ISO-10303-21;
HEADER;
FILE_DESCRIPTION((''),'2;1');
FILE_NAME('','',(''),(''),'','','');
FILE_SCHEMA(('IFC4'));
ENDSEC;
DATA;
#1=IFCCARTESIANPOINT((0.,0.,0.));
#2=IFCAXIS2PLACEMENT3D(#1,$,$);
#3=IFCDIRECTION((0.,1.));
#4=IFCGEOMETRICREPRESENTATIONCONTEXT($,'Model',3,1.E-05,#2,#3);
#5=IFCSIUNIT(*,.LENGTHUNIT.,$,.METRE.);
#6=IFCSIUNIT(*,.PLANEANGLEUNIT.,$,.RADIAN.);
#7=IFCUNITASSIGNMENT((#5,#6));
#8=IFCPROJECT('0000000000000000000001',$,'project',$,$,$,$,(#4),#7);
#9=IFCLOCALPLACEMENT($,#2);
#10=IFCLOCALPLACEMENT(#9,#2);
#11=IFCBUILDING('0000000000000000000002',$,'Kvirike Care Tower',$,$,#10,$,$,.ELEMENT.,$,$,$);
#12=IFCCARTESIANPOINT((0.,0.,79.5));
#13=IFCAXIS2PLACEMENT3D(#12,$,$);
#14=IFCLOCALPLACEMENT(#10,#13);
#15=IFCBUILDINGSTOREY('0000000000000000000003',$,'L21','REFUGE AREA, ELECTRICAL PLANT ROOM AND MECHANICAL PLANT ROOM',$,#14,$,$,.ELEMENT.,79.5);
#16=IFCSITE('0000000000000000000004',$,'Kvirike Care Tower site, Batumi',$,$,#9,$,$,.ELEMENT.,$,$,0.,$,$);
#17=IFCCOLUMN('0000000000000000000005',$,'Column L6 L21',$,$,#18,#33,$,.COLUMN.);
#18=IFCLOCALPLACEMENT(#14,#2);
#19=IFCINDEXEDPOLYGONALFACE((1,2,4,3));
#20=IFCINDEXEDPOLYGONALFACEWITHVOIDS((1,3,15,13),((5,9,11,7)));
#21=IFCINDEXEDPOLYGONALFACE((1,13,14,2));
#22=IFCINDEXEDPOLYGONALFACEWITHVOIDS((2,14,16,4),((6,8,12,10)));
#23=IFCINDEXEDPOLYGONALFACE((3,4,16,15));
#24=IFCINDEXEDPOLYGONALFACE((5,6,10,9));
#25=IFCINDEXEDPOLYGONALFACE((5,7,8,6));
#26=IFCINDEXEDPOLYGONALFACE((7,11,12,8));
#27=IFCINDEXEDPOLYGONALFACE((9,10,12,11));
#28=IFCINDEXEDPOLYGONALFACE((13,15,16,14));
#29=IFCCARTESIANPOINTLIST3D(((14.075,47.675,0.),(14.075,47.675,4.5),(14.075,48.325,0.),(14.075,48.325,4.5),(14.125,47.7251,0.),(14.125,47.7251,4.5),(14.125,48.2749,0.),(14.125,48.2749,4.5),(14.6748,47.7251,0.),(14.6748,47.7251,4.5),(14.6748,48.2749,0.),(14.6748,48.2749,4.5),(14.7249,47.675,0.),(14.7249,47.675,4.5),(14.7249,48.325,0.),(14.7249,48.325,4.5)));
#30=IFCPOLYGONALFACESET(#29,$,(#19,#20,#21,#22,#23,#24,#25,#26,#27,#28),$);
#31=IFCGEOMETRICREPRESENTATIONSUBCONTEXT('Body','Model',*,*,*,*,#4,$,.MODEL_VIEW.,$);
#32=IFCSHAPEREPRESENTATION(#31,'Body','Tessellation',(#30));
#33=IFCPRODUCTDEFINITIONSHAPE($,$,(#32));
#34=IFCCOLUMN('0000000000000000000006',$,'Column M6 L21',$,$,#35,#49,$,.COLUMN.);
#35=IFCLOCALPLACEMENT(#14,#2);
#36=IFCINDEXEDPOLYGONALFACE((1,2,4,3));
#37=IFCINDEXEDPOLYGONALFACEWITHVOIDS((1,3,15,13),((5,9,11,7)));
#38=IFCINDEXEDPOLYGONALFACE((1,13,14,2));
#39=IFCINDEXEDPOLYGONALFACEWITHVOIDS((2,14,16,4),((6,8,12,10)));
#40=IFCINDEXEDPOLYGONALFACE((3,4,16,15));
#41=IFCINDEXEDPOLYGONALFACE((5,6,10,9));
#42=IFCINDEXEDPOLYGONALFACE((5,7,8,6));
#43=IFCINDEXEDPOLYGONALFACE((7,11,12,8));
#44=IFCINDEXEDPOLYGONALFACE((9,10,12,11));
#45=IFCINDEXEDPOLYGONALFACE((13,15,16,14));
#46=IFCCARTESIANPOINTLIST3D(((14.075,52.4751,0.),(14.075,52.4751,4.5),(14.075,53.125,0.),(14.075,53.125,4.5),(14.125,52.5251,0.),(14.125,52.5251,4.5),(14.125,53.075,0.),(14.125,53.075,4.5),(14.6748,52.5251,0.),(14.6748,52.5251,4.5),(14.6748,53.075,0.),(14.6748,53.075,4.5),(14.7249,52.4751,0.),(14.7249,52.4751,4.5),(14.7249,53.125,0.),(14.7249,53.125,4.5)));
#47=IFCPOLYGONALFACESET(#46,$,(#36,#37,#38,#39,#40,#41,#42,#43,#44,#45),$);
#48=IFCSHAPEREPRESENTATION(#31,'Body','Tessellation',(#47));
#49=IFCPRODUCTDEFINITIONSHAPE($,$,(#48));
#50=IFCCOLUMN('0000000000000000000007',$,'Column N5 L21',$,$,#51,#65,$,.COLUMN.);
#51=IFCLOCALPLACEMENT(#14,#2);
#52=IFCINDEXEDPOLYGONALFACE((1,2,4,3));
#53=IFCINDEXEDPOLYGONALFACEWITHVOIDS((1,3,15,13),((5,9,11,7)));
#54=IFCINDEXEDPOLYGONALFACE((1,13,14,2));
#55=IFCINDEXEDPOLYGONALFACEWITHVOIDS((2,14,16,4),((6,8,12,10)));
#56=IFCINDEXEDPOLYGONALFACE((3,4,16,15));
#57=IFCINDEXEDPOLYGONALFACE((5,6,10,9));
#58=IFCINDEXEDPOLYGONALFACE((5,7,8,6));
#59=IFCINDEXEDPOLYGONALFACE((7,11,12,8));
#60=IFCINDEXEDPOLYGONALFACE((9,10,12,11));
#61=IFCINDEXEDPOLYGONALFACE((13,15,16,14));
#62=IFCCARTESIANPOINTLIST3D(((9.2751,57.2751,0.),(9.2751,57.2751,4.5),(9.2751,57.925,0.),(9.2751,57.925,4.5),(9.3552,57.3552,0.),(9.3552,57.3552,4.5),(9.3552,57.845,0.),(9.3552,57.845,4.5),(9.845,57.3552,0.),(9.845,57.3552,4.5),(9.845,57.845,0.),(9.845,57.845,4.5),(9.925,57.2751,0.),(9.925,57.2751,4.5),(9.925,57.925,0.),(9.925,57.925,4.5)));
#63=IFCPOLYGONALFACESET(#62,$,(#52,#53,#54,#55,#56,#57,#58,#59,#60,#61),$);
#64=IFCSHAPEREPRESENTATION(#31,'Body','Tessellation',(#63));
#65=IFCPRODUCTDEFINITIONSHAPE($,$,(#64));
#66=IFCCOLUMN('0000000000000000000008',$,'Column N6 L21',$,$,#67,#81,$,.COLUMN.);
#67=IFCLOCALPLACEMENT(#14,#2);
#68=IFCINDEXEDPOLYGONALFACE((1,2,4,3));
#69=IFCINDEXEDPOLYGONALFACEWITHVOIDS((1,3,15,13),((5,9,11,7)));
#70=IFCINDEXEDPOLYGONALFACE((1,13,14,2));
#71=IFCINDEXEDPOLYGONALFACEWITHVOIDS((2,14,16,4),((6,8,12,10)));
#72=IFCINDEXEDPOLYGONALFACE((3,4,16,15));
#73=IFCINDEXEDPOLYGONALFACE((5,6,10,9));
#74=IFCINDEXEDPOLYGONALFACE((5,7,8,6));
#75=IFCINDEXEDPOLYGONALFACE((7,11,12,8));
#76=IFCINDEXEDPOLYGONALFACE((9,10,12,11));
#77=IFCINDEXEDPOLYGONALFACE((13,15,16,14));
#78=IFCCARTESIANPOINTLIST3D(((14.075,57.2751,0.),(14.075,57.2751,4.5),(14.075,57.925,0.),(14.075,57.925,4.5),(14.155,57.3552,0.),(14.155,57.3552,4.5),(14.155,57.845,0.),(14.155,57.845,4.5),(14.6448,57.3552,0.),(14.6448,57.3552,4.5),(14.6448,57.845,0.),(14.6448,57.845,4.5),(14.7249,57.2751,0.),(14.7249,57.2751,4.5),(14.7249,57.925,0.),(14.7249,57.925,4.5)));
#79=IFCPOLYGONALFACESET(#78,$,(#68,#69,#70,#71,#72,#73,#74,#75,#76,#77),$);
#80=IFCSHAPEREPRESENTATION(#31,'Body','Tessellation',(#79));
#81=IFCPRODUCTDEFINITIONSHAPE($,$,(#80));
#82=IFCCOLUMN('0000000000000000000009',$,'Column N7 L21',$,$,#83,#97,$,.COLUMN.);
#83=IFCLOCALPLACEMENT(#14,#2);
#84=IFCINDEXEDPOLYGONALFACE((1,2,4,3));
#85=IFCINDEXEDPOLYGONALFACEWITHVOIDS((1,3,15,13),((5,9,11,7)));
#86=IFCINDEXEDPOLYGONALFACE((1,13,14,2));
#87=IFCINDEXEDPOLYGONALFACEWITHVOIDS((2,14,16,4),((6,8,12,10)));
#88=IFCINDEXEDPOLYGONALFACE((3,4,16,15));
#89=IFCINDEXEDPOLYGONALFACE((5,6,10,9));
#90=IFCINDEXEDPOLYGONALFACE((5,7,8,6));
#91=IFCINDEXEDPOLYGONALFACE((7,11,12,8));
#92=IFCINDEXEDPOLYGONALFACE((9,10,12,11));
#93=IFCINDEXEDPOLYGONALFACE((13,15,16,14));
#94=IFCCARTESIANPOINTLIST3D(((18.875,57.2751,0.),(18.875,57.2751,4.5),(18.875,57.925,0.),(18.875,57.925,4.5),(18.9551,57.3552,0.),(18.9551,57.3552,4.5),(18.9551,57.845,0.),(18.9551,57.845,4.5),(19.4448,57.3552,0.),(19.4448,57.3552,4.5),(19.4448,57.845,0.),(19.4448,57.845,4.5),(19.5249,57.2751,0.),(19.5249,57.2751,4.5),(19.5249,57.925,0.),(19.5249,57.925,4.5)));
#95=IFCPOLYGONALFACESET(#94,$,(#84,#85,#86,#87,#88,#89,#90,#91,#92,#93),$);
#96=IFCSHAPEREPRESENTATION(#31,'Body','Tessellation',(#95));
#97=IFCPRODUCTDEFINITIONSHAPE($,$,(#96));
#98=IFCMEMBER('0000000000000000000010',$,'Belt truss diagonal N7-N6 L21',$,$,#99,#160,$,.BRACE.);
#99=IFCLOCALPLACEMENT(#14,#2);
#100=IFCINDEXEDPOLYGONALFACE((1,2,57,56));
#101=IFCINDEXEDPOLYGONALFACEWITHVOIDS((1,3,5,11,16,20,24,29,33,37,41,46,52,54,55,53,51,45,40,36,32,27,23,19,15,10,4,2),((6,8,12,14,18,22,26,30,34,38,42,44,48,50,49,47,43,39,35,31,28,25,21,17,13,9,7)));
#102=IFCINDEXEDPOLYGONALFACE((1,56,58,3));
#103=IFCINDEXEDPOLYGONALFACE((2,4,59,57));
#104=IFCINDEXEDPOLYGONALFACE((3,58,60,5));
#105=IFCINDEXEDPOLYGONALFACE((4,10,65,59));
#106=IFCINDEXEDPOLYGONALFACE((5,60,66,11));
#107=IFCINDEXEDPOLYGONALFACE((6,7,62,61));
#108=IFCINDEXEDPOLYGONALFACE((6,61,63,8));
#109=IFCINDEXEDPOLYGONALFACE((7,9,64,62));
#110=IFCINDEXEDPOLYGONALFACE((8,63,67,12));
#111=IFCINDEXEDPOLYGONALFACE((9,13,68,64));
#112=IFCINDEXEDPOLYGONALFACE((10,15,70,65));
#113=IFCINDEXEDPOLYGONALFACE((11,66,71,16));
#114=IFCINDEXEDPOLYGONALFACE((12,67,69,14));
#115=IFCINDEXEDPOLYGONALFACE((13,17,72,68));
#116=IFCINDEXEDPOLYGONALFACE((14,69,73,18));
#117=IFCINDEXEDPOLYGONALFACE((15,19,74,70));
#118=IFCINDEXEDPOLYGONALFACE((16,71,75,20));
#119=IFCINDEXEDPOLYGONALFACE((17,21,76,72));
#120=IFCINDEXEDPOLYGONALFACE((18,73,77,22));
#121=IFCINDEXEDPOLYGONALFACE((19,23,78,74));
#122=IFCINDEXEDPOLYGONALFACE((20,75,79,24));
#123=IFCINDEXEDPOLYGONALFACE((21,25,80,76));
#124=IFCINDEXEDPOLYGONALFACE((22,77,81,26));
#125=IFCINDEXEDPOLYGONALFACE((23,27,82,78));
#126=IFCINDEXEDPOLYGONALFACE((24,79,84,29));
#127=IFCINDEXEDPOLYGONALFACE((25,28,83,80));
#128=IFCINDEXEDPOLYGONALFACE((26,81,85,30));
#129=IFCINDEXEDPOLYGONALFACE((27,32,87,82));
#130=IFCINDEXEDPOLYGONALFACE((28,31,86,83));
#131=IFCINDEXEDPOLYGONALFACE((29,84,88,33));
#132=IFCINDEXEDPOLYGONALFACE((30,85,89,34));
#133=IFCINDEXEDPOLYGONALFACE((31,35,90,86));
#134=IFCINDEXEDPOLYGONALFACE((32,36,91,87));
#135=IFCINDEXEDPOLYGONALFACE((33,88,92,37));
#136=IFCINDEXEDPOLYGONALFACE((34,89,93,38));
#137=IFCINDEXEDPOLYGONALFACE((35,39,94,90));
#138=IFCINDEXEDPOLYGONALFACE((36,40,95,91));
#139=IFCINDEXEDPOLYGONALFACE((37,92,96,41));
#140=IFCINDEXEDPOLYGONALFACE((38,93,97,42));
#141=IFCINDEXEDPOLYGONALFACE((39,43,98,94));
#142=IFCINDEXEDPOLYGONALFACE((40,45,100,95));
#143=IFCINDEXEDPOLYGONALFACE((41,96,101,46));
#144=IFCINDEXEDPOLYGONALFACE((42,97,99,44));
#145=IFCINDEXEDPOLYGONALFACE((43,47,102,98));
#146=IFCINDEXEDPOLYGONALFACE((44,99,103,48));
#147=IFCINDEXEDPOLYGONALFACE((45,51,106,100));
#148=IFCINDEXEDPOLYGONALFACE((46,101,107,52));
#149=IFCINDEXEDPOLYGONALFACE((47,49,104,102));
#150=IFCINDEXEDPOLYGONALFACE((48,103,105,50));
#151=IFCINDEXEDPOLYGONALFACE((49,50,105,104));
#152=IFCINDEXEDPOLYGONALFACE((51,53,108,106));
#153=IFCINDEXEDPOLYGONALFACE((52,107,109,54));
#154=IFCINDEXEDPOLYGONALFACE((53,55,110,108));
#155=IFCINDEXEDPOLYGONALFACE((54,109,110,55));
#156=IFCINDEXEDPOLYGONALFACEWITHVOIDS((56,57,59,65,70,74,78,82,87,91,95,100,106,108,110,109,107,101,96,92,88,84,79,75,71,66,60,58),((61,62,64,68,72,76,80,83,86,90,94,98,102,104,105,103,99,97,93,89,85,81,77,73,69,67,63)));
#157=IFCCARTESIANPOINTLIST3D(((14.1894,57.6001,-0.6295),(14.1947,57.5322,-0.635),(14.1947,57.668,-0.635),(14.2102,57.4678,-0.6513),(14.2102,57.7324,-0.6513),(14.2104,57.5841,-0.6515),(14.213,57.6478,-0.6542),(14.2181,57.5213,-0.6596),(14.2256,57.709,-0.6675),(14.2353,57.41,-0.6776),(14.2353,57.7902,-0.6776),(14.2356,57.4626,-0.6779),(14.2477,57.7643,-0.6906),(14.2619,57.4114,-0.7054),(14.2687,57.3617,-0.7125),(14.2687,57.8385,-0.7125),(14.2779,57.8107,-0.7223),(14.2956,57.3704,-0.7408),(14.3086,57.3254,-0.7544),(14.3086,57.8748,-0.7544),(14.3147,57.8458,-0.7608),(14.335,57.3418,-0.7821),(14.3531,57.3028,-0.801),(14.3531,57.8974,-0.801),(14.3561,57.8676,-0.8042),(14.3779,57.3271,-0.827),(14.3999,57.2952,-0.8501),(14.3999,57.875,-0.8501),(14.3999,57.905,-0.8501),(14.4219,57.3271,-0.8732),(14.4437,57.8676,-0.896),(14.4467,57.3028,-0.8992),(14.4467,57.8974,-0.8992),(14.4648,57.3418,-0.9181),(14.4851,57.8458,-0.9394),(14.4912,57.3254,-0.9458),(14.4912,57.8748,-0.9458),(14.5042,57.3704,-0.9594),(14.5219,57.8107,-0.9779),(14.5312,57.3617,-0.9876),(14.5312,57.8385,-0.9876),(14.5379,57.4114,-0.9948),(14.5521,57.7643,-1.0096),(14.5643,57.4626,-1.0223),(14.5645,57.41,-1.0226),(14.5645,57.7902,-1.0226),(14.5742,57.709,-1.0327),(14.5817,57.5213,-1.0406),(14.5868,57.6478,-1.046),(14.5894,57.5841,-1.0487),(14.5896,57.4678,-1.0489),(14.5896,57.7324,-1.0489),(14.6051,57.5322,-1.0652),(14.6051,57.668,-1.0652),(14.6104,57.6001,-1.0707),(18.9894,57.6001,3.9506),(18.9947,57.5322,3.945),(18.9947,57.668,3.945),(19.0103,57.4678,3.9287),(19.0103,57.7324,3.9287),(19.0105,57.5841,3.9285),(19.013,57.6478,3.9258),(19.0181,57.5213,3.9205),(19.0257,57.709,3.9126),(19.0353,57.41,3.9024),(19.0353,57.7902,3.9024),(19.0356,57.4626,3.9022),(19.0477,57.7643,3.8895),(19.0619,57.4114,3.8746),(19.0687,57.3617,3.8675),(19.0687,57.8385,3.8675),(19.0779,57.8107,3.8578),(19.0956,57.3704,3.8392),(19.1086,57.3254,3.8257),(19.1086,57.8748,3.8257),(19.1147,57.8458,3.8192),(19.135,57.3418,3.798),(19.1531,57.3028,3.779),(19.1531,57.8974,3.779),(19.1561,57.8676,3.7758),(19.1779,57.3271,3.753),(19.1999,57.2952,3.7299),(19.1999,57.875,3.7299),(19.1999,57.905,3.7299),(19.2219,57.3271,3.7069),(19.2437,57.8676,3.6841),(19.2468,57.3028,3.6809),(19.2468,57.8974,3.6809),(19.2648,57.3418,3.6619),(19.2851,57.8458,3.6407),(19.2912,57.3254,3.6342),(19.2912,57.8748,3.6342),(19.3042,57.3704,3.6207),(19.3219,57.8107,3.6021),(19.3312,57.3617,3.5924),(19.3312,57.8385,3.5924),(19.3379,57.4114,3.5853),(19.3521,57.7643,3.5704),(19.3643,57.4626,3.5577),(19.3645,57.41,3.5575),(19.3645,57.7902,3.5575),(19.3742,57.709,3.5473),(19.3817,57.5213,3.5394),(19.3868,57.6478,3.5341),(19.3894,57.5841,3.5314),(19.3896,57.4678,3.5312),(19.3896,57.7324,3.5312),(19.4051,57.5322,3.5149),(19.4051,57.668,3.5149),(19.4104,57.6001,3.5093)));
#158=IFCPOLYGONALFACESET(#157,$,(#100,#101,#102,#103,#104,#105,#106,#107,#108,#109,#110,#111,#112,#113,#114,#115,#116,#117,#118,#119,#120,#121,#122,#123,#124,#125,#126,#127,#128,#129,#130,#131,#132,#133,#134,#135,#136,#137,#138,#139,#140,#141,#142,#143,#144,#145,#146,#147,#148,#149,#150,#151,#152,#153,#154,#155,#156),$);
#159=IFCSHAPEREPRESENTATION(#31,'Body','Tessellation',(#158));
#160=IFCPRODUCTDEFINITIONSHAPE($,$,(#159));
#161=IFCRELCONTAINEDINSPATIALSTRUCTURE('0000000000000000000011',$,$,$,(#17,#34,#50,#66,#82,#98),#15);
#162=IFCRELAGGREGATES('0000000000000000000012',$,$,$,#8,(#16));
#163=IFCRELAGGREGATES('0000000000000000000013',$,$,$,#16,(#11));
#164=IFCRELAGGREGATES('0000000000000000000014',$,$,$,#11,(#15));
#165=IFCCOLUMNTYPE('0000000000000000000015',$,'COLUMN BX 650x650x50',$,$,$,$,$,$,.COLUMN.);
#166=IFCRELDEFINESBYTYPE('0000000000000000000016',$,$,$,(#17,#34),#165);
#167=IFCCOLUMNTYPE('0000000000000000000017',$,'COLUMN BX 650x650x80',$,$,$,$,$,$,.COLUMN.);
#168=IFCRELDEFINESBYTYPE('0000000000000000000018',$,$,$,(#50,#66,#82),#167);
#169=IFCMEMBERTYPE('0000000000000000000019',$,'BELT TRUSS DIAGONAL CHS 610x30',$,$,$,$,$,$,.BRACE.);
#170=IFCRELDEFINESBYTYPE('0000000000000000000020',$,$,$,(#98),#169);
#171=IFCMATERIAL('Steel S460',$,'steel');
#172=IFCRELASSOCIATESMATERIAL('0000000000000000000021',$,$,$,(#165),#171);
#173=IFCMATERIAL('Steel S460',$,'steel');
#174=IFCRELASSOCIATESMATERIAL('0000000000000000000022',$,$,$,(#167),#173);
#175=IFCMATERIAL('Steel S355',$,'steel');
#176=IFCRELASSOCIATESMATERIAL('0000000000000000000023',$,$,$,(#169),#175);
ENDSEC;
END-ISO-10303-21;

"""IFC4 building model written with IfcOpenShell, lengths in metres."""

from ifc_helpers import new_model, si_unit, direction, frame, origin, origin_2d, place, context, subcontext, project, spatial, hollow_rectangle, hollow_circle, extrude, material, material_profile, profile_set, type_object, element, save


model = new_model("IFC4")

# Units and contexts
model_context = context("Model", 3, precision=1e-05, world=origin(), true_north=direction((0.0, 1.0)))
body_context = subcontext(model_context, "Body", "Model", "MODEL_VIEW")
ifc_project = project(units=[si_unit("LENGTHUNIT", "METRE"), si_unit("PLANEANGLEUNIT", "RADIAN")], contexts=[model_context])

# Site, building, storey
site_placement = place(None, origin())
site = spatial("IfcSite", under=ifc_project, at=site_placement, Name="Kvirike Care Tower site, Batumi", CompositionType="ELEMENT", RefElevation=0.0)
building_placement = place(site_placement, origin())
building = spatial("IfcBuilding", under=site, at=building_placement, Name="Kvirike Care Tower", CompositionType="ELEMENT")
storey_placement = place(building_placement, frame((0.0, 0.0, 79.5)))
storey = spatial("IfcBuildingStorey", under=building, at=storey_placement, Name="L21", Description="REFUGE AREA, ELECTRICAL PLANT ROOM AND MECHANICAL PLANT ROOM", CompositionType="ELEMENT", Elevation=79.5)

# Columns
ifc_material_1 = material(Name="Steel S460", Category="steel")
ifc_material_profile_1 = material_profile(ifc_material_1, hollow_rectangle(XDim=0.6499, YDim=0.6499, WallThickness=0.05, at=origin_2d()), Name="BX 650x650x50")
ifc_profile_set_1 = profile_set([ifc_material_profile_1], Name="Steel S460")
column_type_1 = type_object("IfcColumnType", Name="COLUMN BX 650x650x50", PredefinedType="COLUMN", material=ifc_profile_set_1)
for number, where, z_axis, x_axis, name in (
    (1, (14.3999, 48.0, 0.0), (0.0, 0.0, 1.0), (1.0, 0.0, 0.0), "Column L6 L21"),
    (2, (14.3999, 52.8, 0.0), (0.0, 0.0, 1.0), (1.0, 0.0, 0.0), "Column M6 L21"),
):
    element("IfcColumn", number, at=place(storey_placement, frame(where, z_axis=z_axis, x_axis=x_axis)), inside=storey, type_object=column_type_1, Name=name, PredefinedType="COLUMN", context=body_context, shape_type="SweptSolid", body=[
        extrude(hollow_rectangle(XDim=0.6499, YDim=0.6499, WallThickness=0.05, at=origin_2d()), origin(), (0.0, 0.0, 1.0), 4.5),
    ])
ifc_material_2 = material(Name="Steel S460", Category="steel")
ifc_material_profile_2 = material_profile(ifc_material_2, hollow_rectangle(XDim=0.6499, YDim=0.6499, WallThickness=0.0801, at=origin_2d()), Name="BX 650x650x80")
ifc_profile_set_2 = profile_set([ifc_material_profile_2], Name="Steel S460")
column_type_2 = type_object("IfcColumnType", Name="COLUMN BX 650x650x80", PredefinedType="COLUMN", material=ifc_profile_set_2)
for number, where, z_axis, x_axis, name in (
    (3, (9.6001, 57.6001, 0.0), (0.0, 0.0, 1.0), (0.0, 1.0, 0.0), "Column N5 L21"),
    (4, (14.3999, 57.6001, 0.0), (0.0, 0.0, 1.0), (0.0, 1.0, 0.0), "Column N6 L21"),
    (5, (19.2, 57.6001, 0.0), (0.0, 0.0, 1.0), (0.0, 1.0, 0.0), "Column N7 L21"),
):
    element("IfcColumn", number, at=place(storey_placement, frame(where, z_axis=z_axis, x_axis=x_axis)), inside=storey, type_object=column_type_2, Name=name, PredefinedType="COLUMN", context=body_context, shape_type="SweptSolid", body=[
        extrude(hollow_rectangle(XDim=0.6499, YDim=0.6499, WallThickness=0.0801, at=origin_2d()), origin(), (0.0, 0.0, 1.0), 4.5),
    ])

# Member
ifc_material_3 = material(Name="Steel S355", Category="steel")
ifc_material_profile_3 = material_profile(ifc_material_3, hollow_circle(Radius=0.3049, WallThickness=0.03, at=origin_2d()), Name="CHS 610x30")
ifc_profile_set_3 = profile_set([ifc_material_profile_3], Name="Steel S355")
member_type_1 = type_object("IfcMemberType", Name="BELT TRUSS DIAGONAL CHS 610x30", PredefinedType="BRACE", material=ifc_profile_set_3)
member_1_placement = place(storey_placement, frame((14.3999, 57.6001, -0.8501), z_axis=(0.72349, 0.0, 0.690335), x_axis=(0.0, 1.0, 0.0)))
element("IfcMember", 6, at=member_1_placement, inside=storey, type_object=member_type_1, Name="Belt truss diagonal N7-N6 L21", PredefinedType="BRACE", context=body_context, shape_type="SweptSolid", body=[
    extrude(hollow_circle(Radius=0.3049, WallThickness=0.03, at=origin_2d()), origin(), (0.0, 0.0, 1.0), 6.6345),
])

save(model, "model.ifc")
